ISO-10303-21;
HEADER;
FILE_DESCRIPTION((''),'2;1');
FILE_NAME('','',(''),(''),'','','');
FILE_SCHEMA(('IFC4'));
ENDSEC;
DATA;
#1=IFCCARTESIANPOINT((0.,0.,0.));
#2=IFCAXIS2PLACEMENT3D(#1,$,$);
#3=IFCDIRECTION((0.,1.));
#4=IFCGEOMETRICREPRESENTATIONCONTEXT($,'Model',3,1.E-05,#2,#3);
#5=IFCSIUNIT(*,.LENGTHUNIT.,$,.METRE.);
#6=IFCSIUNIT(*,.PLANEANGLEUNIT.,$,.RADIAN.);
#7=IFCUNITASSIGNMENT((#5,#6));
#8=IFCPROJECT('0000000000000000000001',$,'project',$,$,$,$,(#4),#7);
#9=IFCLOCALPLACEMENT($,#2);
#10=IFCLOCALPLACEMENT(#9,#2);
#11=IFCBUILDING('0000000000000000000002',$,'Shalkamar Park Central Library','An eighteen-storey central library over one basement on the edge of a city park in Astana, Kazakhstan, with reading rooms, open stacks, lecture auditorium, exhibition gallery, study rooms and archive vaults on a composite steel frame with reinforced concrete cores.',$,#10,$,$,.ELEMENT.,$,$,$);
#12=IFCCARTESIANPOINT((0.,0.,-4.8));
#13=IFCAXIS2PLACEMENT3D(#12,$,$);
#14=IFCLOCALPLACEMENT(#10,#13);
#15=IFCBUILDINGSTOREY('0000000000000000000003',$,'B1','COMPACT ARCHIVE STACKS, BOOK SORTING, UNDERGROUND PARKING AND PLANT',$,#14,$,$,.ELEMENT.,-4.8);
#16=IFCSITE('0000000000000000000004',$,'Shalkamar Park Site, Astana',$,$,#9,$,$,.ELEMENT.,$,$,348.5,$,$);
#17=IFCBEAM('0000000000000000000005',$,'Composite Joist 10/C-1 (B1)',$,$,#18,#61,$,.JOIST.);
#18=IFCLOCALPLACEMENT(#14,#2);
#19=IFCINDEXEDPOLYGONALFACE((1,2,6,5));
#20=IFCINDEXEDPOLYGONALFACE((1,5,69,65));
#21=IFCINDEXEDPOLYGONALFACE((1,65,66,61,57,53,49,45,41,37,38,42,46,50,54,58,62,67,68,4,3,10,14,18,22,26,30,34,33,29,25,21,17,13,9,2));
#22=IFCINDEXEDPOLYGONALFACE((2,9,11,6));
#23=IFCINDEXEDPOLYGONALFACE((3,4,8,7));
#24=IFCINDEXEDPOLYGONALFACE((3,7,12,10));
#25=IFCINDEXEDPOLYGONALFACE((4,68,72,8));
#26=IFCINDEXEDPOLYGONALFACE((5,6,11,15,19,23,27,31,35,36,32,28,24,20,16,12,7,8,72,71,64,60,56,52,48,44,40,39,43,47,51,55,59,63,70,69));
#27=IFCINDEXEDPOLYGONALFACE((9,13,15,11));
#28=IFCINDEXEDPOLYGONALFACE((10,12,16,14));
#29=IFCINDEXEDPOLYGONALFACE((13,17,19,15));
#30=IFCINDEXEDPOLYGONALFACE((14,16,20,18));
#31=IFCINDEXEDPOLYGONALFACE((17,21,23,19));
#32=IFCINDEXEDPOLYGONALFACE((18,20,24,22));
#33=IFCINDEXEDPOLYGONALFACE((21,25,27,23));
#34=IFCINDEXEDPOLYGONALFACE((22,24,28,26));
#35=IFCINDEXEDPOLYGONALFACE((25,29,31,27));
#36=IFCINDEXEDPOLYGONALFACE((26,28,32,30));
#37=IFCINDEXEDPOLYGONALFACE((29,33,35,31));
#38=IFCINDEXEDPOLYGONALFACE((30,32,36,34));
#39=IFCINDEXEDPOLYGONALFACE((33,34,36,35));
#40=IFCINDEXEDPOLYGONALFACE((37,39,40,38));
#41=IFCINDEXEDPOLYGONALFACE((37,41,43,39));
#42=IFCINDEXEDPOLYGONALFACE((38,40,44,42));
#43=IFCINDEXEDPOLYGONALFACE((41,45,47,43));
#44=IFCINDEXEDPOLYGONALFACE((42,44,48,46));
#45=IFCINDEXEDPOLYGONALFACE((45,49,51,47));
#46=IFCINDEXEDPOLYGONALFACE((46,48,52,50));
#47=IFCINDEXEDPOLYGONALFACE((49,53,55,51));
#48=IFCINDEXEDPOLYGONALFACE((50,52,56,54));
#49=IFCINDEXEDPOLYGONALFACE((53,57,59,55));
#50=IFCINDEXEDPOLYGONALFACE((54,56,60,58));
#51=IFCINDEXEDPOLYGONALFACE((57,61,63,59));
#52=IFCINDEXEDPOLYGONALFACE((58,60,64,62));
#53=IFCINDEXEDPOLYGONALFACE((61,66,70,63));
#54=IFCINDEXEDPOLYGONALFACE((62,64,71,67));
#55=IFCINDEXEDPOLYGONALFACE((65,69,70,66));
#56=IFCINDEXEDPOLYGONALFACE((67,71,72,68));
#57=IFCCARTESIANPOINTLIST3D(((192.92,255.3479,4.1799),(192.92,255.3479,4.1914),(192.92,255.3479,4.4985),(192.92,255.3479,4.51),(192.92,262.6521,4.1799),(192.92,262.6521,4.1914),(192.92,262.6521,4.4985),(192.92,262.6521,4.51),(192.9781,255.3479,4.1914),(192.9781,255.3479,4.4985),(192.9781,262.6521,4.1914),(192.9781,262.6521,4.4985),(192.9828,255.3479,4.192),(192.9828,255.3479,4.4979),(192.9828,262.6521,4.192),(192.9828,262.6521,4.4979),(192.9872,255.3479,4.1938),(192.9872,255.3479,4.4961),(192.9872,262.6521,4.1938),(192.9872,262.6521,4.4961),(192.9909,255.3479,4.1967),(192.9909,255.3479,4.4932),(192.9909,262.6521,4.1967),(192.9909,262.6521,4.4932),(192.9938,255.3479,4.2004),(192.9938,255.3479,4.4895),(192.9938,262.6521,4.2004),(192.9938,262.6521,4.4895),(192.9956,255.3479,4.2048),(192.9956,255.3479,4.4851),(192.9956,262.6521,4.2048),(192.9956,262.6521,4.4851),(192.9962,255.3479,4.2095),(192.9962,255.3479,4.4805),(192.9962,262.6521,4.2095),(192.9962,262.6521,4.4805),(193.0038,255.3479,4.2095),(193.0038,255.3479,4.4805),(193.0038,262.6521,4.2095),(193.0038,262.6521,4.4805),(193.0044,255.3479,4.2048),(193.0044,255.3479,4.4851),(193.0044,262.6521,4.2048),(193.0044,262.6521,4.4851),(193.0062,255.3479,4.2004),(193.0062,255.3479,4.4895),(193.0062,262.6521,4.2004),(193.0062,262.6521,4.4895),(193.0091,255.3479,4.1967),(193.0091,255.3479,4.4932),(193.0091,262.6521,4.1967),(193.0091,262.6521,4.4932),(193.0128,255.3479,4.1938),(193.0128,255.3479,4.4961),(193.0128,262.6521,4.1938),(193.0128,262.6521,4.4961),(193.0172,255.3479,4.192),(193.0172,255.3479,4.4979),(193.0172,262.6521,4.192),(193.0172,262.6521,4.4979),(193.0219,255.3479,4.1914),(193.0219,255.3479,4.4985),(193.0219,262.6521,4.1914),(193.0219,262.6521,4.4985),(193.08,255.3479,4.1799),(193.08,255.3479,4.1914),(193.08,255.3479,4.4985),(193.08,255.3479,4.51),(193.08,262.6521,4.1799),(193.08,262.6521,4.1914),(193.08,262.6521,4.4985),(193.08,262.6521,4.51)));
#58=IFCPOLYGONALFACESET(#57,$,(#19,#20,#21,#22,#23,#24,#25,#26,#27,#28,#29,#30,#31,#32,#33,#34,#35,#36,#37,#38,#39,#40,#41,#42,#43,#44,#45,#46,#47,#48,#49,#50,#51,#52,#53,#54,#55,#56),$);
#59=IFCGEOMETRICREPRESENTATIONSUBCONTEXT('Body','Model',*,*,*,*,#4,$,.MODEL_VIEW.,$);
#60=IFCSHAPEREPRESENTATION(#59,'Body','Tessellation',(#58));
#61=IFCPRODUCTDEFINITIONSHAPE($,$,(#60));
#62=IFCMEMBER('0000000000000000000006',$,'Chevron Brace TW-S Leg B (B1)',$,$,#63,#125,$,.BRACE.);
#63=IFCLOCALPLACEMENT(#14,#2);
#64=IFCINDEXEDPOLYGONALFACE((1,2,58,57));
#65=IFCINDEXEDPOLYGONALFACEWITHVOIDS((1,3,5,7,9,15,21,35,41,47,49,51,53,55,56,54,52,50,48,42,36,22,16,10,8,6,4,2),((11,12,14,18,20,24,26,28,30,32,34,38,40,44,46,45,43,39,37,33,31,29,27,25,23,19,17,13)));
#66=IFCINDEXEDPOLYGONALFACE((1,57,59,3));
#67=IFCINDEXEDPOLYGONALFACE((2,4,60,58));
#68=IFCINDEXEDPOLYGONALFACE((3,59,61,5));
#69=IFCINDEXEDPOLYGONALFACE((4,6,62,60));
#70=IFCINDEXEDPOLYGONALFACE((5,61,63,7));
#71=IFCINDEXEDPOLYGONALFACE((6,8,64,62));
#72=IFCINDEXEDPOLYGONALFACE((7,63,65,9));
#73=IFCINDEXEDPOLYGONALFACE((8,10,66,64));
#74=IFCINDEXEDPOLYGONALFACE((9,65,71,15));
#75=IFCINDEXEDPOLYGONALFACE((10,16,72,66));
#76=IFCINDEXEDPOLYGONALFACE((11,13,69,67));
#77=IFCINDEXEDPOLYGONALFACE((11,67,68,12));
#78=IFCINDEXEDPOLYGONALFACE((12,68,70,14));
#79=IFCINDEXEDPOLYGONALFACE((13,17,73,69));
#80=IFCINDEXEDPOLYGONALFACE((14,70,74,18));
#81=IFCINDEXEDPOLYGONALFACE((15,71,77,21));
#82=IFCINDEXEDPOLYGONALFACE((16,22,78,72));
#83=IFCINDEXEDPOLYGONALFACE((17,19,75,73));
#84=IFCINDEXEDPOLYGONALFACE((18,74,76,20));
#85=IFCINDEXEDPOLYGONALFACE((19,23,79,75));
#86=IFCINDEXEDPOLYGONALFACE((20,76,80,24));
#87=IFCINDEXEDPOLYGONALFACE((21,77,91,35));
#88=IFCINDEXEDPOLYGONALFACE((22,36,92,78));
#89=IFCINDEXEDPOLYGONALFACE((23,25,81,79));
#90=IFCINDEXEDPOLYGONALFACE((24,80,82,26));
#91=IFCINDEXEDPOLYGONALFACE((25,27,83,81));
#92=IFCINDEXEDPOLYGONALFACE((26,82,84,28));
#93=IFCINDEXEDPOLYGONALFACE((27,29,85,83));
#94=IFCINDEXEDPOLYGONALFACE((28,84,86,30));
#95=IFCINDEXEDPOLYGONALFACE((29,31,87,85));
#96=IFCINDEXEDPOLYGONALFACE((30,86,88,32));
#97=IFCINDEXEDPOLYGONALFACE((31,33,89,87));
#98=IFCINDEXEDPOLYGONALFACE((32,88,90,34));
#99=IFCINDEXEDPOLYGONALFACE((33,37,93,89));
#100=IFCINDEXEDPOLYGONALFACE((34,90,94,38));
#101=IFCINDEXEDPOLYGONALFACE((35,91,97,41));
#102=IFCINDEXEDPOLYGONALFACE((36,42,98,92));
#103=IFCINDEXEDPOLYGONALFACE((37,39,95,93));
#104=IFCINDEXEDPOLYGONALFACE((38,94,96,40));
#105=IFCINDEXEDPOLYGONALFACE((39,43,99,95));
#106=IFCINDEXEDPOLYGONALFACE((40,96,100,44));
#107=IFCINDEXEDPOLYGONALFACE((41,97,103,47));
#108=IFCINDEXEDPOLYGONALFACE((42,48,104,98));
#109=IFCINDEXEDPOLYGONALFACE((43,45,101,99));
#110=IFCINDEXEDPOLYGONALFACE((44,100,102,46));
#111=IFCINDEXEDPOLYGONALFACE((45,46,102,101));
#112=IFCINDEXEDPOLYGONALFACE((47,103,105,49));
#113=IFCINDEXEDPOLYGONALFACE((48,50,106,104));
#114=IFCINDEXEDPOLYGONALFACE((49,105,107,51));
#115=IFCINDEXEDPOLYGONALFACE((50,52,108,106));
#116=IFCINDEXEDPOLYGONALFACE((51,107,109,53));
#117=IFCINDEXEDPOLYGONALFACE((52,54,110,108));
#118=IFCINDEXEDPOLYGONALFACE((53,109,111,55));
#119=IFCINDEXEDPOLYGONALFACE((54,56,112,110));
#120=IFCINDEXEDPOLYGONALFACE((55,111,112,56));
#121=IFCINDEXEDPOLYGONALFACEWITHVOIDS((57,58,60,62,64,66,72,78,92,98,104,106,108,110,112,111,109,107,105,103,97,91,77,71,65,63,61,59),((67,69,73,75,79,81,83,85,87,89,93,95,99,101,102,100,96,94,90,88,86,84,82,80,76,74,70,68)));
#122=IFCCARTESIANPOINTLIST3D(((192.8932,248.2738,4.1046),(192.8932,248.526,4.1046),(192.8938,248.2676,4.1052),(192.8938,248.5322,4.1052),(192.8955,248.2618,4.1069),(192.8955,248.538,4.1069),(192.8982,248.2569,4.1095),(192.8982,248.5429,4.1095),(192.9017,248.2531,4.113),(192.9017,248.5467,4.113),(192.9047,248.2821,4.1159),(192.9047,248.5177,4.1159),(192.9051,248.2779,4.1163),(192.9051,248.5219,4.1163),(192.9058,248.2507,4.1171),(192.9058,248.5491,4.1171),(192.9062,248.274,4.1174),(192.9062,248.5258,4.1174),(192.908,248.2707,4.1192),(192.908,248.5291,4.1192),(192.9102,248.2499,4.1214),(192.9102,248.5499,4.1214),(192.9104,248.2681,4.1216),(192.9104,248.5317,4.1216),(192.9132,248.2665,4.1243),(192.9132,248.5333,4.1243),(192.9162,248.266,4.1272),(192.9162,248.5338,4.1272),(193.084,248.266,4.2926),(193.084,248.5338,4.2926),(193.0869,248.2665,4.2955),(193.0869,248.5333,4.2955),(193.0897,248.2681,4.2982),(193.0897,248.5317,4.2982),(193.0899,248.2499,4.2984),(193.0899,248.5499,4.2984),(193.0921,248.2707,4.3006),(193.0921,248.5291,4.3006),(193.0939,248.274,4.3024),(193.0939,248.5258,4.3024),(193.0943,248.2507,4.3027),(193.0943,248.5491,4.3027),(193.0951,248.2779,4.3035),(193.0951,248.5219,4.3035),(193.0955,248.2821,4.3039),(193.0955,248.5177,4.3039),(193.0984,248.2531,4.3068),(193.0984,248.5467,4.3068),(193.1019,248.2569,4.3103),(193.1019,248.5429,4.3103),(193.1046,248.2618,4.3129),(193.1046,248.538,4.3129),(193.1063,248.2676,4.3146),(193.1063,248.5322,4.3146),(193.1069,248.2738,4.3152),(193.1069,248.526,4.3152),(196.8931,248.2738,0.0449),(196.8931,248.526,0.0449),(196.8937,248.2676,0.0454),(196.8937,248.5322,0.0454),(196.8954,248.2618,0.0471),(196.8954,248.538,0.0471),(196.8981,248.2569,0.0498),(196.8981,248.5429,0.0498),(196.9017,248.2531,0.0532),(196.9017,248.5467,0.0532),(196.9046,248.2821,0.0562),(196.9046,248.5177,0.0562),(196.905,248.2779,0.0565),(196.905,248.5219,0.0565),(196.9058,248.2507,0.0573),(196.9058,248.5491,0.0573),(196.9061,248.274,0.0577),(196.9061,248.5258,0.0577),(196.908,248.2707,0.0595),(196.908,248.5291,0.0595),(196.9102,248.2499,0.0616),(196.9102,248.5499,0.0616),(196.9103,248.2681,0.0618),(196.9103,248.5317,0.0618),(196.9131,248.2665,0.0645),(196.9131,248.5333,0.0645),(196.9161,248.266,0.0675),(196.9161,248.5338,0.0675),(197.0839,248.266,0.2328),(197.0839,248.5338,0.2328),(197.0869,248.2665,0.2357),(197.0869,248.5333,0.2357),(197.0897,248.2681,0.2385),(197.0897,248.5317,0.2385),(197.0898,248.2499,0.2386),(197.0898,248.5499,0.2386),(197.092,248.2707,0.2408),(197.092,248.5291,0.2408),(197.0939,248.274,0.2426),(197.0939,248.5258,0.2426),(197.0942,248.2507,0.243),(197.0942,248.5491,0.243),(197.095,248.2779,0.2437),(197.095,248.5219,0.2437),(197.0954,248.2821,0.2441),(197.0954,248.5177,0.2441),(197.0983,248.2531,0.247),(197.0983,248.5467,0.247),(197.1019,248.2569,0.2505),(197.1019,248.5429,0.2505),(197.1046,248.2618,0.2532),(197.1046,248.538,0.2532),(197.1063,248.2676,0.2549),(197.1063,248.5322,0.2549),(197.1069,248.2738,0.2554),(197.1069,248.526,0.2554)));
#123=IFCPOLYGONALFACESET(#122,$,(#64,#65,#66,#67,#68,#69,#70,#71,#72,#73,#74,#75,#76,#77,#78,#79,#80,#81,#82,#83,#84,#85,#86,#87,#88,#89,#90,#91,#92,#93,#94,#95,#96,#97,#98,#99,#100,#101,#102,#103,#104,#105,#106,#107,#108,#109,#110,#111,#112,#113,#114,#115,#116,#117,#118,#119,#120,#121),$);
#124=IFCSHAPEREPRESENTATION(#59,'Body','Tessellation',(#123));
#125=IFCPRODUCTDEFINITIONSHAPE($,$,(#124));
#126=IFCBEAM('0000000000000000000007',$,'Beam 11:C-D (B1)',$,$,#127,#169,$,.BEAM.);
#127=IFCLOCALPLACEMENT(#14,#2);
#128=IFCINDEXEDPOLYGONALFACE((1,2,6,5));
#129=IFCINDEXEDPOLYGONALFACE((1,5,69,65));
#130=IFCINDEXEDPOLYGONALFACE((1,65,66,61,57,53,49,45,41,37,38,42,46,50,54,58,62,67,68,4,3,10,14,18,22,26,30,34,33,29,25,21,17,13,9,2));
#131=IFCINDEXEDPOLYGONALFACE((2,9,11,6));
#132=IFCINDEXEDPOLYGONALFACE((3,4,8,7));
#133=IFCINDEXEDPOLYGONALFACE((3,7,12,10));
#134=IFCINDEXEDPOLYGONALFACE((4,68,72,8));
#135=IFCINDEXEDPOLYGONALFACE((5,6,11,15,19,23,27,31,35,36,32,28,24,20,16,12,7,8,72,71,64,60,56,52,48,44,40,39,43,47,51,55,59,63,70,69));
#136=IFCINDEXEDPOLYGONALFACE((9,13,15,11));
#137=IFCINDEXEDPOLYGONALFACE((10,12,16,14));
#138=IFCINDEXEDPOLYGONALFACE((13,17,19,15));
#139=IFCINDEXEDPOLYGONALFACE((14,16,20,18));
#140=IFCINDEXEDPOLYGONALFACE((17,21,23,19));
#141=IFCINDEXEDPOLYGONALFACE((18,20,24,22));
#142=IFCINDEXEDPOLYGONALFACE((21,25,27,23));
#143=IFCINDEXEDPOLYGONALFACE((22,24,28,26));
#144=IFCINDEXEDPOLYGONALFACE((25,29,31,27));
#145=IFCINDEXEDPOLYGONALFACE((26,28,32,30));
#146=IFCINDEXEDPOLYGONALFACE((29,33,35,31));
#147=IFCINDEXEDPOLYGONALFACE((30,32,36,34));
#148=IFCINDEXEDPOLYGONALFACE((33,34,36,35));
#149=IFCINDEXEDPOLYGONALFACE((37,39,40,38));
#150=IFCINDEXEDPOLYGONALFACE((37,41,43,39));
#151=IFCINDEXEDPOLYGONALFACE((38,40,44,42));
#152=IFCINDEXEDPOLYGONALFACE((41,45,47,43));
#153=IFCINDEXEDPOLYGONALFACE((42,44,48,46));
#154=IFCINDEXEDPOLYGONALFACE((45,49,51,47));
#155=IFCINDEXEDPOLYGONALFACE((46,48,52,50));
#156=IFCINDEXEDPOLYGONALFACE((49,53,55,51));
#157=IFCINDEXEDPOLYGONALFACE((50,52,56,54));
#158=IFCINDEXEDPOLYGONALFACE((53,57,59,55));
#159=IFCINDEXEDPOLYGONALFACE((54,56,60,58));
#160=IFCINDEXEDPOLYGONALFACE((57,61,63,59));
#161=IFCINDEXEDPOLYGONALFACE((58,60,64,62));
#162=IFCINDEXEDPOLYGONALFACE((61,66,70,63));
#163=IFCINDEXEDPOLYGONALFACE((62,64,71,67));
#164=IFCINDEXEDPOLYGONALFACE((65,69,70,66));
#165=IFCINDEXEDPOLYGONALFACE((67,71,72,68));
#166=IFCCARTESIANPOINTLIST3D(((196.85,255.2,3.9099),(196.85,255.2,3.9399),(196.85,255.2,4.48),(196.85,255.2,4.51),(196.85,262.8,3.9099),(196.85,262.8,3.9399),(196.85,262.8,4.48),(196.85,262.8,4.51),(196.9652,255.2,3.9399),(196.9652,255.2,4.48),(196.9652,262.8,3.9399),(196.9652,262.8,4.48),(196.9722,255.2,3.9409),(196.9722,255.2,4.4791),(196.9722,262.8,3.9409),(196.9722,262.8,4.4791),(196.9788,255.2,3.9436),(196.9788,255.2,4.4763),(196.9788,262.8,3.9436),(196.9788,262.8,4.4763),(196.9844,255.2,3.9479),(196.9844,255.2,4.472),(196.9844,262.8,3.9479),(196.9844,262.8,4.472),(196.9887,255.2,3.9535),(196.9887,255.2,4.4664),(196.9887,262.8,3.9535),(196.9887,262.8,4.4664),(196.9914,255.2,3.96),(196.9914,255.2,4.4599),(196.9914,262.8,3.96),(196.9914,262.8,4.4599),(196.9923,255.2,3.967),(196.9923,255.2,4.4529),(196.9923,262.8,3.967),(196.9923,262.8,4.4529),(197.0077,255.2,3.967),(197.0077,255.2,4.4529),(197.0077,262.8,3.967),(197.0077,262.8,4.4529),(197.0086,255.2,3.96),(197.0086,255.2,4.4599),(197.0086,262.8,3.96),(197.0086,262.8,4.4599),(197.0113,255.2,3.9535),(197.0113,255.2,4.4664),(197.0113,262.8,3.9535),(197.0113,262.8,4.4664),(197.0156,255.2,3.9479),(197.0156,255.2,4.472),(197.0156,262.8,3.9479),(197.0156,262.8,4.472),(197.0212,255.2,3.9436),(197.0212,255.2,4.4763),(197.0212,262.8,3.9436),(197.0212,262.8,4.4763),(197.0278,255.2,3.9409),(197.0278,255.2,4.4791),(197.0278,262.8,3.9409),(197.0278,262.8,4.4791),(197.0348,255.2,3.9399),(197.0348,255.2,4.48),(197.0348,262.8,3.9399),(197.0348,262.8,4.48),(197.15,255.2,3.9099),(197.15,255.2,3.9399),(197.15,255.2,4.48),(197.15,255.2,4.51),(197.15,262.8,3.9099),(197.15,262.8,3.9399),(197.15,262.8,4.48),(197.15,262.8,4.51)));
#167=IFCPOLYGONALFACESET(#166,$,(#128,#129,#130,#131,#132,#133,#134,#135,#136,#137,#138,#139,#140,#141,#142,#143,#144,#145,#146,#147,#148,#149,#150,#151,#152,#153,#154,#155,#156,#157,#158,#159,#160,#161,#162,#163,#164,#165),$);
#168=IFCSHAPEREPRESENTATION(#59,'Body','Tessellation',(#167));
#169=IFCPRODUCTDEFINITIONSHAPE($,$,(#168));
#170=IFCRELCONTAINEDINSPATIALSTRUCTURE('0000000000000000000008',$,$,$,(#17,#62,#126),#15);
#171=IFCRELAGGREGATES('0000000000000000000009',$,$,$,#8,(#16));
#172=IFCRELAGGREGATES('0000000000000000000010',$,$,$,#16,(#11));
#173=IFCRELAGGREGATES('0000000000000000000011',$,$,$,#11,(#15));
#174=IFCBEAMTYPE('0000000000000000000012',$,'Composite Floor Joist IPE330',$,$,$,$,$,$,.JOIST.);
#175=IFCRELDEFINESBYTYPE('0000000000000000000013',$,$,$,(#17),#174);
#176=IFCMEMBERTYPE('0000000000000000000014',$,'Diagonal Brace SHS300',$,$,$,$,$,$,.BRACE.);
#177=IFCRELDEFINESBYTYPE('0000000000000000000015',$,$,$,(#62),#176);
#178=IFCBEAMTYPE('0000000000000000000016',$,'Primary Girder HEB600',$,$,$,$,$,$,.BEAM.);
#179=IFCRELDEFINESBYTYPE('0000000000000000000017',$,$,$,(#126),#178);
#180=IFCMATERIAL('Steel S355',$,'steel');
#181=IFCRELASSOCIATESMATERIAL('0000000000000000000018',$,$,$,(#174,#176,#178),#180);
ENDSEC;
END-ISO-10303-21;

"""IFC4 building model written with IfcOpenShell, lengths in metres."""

from ifc_helpers import new_model, si_unit, direction, frame, origin, origin_2d, place, context, subcontext, project, spatial, hollow_rectangle, i_section, extrude, material, material_profile, profile_set, type_object, element, save


model = new_model("IFC4")

# Units and contexts
model_context = context("Model", 3, precision=1e-05, world=origin(), true_north=direction((0.0, 1.0)))
body_context = subcontext(model_context, "Body", "Model", "MODEL_VIEW")
ifc_project = project(units=[si_unit("LENGTHUNIT", "METRE"), si_unit("PLANEANGLEUNIT", "RADIAN")], contexts=[model_context])

# Site, building, storey
site_placement = place(None, origin())
site = spatial("IfcSite", under=ifc_project, at=site_placement, Name="Shalkamar Park Site, Astana", CompositionType="ELEMENT", RefElevation=348.5)
building_placement = place(site_placement, origin())
building = spatial("IfcBuilding", under=site, at=building_placement, Name="Shalkamar Park Central Library", Description="An eighteen-storey central library over one basement on the edge of a city park in Astana, Kazakhstan, with reading rooms, open stacks, lecture auditorium, exhibition gallery, study rooms and archive vaults on a composite steel frame with reinforced concrete cores.", CompositionType="ELEMENT")
storey_placement = place(building_placement, frame((0.0, 0.0, -4.8)))
storey = spatial("IfcBuildingStorey", under=building, at=storey_placement, Name="B1", Description="COMPACT ARCHIVE STACKS, BOOK SORTING, UNDERGROUND PARKING AND PLANT", CompositionType="ELEMENT", Elevation=-4.8)

# Shared definitions
ifc_material_1 = material(Name="Steel S355", Category="steel")

# Beam
ifc_material_profile_1 = material_profile(ifc_material_1, i_section(OverallWidth=0.1599, OverallDepth=0.3301, WebThickness=0.0076, FlangeThickness=0.0115, FilletRadius=0.0181, at=origin_2d()), Name="IPE 330")
ifc_profile_set_1 = profile_set([ifc_material_profile_1], Name="Steel S355")
beam_type_1 = type_object("IfcBeamType", Name="Composite Floor Joist IPE330", PredefinedType="JOIST", material=ifc_profile_set_1)
beam_1_placement = place(storey_placement, frame((193.0, 255.3479, 4.345), z_axis=(0.0, 1.0, 0.0), x_axis=(-1.0, 0.0, 0.0)))
element("IfcBeam", 1, at=beam_1_placement, inside=storey, type_object=beam_type_1, Name="Composite Joist 10/C-1 (B1)", PredefinedType="JOIST", context=body_context, shape_type="SweptSolid", body=[
    extrude(i_section(OverallWidth=0.1599, OverallDepth=0.3301, WebThickness=0.0076, FlangeThickness=0.0115, FilletRadius=0.0181, at=origin_2d()), origin(), (0.0, 0.0, 1.0), 7.3042),
])

# Member
ifc_material_profile_2 = material_profile(ifc_material_1, hollow_rectangle(XDim=0.3, YDim=0.3, WallThickness=0.0161, InnerFilletRadius=0.0161, OuterFilletRadius=0.0239, at=origin_2d()), Name="SHS 300x300x16")
ifc_profile_set_2 = profile_set([ifc_material_profile_2], Name="Steel S355")
member_type = type_object("IfcMemberType", Name="Diagonal Brace SHS300", PredefinedType="BRACE", material=ifc_profile_set_2)
member_placement = place(storey_placement, frame((197.0, 248.3999, 0.1501), z_axis=(-0.70184, 0.0, 0.712335), x_axis=(0.0, -1.0, 0.0)))
element("IfcMember", 2, at=member_placement, inside=storey, type_object=member_type, Name="Chevron Brace TW-S Leg B (B1)", PredefinedType="BRACE", context=body_context, shape_type="SweptSolid", body=[
    extrude(hollow_rectangle(XDim=0.3, YDim=0.3, WallThickness=0.0161, InnerFilletRadius=0.0161, OuterFilletRadius=0.0239, at=origin_2d()), origin(), (0.0, 0.0, 1.0), 5.6992),
])

# Beam
ifc_material_profile_3 = material_profile(ifc_material_1, i_section(OverallWidth=0.3, OverallDepth=0.6001, WebThickness=0.0154, FlangeThickness=0.03, FilletRadius=0.0271, at=origin_2d()), Name="HEB 600")
ifc_profile_set_3 = profile_set([ifc_material_profile_3], Name="Steel S355")
beam_type_2 = type_object("IfcBeamType", Name="Primary Girder HEB600", PredefinedType="BEAM", material=ifc_profile_set_3)
beam_2_placement = place(storey_placement, frame((197.0, 255.2, 4.21), z_axis=(0.0, 1.0, 0.0), x_axis=(-1.0, 0.0, 0.0)))
element("IfcBeam", 3, at=beam_2_placement, inside=storey, type_object=beam_type_2, Name="Beam 11:C-D (B1)", PredefinedType="BEAM", context=body_context, shape_type="SweptSolid", body=[
    extrude(i_section(OverallWidth=0.3, OverallDepth=0.6001, WebThickness=0.0154, FlangeThickness=0.03, FilletRadius=0.0271, at=origin_2d()), origin(), (0.0, 0.0, 1.0), 7.6001),
])

save(model, "model.ifc")
